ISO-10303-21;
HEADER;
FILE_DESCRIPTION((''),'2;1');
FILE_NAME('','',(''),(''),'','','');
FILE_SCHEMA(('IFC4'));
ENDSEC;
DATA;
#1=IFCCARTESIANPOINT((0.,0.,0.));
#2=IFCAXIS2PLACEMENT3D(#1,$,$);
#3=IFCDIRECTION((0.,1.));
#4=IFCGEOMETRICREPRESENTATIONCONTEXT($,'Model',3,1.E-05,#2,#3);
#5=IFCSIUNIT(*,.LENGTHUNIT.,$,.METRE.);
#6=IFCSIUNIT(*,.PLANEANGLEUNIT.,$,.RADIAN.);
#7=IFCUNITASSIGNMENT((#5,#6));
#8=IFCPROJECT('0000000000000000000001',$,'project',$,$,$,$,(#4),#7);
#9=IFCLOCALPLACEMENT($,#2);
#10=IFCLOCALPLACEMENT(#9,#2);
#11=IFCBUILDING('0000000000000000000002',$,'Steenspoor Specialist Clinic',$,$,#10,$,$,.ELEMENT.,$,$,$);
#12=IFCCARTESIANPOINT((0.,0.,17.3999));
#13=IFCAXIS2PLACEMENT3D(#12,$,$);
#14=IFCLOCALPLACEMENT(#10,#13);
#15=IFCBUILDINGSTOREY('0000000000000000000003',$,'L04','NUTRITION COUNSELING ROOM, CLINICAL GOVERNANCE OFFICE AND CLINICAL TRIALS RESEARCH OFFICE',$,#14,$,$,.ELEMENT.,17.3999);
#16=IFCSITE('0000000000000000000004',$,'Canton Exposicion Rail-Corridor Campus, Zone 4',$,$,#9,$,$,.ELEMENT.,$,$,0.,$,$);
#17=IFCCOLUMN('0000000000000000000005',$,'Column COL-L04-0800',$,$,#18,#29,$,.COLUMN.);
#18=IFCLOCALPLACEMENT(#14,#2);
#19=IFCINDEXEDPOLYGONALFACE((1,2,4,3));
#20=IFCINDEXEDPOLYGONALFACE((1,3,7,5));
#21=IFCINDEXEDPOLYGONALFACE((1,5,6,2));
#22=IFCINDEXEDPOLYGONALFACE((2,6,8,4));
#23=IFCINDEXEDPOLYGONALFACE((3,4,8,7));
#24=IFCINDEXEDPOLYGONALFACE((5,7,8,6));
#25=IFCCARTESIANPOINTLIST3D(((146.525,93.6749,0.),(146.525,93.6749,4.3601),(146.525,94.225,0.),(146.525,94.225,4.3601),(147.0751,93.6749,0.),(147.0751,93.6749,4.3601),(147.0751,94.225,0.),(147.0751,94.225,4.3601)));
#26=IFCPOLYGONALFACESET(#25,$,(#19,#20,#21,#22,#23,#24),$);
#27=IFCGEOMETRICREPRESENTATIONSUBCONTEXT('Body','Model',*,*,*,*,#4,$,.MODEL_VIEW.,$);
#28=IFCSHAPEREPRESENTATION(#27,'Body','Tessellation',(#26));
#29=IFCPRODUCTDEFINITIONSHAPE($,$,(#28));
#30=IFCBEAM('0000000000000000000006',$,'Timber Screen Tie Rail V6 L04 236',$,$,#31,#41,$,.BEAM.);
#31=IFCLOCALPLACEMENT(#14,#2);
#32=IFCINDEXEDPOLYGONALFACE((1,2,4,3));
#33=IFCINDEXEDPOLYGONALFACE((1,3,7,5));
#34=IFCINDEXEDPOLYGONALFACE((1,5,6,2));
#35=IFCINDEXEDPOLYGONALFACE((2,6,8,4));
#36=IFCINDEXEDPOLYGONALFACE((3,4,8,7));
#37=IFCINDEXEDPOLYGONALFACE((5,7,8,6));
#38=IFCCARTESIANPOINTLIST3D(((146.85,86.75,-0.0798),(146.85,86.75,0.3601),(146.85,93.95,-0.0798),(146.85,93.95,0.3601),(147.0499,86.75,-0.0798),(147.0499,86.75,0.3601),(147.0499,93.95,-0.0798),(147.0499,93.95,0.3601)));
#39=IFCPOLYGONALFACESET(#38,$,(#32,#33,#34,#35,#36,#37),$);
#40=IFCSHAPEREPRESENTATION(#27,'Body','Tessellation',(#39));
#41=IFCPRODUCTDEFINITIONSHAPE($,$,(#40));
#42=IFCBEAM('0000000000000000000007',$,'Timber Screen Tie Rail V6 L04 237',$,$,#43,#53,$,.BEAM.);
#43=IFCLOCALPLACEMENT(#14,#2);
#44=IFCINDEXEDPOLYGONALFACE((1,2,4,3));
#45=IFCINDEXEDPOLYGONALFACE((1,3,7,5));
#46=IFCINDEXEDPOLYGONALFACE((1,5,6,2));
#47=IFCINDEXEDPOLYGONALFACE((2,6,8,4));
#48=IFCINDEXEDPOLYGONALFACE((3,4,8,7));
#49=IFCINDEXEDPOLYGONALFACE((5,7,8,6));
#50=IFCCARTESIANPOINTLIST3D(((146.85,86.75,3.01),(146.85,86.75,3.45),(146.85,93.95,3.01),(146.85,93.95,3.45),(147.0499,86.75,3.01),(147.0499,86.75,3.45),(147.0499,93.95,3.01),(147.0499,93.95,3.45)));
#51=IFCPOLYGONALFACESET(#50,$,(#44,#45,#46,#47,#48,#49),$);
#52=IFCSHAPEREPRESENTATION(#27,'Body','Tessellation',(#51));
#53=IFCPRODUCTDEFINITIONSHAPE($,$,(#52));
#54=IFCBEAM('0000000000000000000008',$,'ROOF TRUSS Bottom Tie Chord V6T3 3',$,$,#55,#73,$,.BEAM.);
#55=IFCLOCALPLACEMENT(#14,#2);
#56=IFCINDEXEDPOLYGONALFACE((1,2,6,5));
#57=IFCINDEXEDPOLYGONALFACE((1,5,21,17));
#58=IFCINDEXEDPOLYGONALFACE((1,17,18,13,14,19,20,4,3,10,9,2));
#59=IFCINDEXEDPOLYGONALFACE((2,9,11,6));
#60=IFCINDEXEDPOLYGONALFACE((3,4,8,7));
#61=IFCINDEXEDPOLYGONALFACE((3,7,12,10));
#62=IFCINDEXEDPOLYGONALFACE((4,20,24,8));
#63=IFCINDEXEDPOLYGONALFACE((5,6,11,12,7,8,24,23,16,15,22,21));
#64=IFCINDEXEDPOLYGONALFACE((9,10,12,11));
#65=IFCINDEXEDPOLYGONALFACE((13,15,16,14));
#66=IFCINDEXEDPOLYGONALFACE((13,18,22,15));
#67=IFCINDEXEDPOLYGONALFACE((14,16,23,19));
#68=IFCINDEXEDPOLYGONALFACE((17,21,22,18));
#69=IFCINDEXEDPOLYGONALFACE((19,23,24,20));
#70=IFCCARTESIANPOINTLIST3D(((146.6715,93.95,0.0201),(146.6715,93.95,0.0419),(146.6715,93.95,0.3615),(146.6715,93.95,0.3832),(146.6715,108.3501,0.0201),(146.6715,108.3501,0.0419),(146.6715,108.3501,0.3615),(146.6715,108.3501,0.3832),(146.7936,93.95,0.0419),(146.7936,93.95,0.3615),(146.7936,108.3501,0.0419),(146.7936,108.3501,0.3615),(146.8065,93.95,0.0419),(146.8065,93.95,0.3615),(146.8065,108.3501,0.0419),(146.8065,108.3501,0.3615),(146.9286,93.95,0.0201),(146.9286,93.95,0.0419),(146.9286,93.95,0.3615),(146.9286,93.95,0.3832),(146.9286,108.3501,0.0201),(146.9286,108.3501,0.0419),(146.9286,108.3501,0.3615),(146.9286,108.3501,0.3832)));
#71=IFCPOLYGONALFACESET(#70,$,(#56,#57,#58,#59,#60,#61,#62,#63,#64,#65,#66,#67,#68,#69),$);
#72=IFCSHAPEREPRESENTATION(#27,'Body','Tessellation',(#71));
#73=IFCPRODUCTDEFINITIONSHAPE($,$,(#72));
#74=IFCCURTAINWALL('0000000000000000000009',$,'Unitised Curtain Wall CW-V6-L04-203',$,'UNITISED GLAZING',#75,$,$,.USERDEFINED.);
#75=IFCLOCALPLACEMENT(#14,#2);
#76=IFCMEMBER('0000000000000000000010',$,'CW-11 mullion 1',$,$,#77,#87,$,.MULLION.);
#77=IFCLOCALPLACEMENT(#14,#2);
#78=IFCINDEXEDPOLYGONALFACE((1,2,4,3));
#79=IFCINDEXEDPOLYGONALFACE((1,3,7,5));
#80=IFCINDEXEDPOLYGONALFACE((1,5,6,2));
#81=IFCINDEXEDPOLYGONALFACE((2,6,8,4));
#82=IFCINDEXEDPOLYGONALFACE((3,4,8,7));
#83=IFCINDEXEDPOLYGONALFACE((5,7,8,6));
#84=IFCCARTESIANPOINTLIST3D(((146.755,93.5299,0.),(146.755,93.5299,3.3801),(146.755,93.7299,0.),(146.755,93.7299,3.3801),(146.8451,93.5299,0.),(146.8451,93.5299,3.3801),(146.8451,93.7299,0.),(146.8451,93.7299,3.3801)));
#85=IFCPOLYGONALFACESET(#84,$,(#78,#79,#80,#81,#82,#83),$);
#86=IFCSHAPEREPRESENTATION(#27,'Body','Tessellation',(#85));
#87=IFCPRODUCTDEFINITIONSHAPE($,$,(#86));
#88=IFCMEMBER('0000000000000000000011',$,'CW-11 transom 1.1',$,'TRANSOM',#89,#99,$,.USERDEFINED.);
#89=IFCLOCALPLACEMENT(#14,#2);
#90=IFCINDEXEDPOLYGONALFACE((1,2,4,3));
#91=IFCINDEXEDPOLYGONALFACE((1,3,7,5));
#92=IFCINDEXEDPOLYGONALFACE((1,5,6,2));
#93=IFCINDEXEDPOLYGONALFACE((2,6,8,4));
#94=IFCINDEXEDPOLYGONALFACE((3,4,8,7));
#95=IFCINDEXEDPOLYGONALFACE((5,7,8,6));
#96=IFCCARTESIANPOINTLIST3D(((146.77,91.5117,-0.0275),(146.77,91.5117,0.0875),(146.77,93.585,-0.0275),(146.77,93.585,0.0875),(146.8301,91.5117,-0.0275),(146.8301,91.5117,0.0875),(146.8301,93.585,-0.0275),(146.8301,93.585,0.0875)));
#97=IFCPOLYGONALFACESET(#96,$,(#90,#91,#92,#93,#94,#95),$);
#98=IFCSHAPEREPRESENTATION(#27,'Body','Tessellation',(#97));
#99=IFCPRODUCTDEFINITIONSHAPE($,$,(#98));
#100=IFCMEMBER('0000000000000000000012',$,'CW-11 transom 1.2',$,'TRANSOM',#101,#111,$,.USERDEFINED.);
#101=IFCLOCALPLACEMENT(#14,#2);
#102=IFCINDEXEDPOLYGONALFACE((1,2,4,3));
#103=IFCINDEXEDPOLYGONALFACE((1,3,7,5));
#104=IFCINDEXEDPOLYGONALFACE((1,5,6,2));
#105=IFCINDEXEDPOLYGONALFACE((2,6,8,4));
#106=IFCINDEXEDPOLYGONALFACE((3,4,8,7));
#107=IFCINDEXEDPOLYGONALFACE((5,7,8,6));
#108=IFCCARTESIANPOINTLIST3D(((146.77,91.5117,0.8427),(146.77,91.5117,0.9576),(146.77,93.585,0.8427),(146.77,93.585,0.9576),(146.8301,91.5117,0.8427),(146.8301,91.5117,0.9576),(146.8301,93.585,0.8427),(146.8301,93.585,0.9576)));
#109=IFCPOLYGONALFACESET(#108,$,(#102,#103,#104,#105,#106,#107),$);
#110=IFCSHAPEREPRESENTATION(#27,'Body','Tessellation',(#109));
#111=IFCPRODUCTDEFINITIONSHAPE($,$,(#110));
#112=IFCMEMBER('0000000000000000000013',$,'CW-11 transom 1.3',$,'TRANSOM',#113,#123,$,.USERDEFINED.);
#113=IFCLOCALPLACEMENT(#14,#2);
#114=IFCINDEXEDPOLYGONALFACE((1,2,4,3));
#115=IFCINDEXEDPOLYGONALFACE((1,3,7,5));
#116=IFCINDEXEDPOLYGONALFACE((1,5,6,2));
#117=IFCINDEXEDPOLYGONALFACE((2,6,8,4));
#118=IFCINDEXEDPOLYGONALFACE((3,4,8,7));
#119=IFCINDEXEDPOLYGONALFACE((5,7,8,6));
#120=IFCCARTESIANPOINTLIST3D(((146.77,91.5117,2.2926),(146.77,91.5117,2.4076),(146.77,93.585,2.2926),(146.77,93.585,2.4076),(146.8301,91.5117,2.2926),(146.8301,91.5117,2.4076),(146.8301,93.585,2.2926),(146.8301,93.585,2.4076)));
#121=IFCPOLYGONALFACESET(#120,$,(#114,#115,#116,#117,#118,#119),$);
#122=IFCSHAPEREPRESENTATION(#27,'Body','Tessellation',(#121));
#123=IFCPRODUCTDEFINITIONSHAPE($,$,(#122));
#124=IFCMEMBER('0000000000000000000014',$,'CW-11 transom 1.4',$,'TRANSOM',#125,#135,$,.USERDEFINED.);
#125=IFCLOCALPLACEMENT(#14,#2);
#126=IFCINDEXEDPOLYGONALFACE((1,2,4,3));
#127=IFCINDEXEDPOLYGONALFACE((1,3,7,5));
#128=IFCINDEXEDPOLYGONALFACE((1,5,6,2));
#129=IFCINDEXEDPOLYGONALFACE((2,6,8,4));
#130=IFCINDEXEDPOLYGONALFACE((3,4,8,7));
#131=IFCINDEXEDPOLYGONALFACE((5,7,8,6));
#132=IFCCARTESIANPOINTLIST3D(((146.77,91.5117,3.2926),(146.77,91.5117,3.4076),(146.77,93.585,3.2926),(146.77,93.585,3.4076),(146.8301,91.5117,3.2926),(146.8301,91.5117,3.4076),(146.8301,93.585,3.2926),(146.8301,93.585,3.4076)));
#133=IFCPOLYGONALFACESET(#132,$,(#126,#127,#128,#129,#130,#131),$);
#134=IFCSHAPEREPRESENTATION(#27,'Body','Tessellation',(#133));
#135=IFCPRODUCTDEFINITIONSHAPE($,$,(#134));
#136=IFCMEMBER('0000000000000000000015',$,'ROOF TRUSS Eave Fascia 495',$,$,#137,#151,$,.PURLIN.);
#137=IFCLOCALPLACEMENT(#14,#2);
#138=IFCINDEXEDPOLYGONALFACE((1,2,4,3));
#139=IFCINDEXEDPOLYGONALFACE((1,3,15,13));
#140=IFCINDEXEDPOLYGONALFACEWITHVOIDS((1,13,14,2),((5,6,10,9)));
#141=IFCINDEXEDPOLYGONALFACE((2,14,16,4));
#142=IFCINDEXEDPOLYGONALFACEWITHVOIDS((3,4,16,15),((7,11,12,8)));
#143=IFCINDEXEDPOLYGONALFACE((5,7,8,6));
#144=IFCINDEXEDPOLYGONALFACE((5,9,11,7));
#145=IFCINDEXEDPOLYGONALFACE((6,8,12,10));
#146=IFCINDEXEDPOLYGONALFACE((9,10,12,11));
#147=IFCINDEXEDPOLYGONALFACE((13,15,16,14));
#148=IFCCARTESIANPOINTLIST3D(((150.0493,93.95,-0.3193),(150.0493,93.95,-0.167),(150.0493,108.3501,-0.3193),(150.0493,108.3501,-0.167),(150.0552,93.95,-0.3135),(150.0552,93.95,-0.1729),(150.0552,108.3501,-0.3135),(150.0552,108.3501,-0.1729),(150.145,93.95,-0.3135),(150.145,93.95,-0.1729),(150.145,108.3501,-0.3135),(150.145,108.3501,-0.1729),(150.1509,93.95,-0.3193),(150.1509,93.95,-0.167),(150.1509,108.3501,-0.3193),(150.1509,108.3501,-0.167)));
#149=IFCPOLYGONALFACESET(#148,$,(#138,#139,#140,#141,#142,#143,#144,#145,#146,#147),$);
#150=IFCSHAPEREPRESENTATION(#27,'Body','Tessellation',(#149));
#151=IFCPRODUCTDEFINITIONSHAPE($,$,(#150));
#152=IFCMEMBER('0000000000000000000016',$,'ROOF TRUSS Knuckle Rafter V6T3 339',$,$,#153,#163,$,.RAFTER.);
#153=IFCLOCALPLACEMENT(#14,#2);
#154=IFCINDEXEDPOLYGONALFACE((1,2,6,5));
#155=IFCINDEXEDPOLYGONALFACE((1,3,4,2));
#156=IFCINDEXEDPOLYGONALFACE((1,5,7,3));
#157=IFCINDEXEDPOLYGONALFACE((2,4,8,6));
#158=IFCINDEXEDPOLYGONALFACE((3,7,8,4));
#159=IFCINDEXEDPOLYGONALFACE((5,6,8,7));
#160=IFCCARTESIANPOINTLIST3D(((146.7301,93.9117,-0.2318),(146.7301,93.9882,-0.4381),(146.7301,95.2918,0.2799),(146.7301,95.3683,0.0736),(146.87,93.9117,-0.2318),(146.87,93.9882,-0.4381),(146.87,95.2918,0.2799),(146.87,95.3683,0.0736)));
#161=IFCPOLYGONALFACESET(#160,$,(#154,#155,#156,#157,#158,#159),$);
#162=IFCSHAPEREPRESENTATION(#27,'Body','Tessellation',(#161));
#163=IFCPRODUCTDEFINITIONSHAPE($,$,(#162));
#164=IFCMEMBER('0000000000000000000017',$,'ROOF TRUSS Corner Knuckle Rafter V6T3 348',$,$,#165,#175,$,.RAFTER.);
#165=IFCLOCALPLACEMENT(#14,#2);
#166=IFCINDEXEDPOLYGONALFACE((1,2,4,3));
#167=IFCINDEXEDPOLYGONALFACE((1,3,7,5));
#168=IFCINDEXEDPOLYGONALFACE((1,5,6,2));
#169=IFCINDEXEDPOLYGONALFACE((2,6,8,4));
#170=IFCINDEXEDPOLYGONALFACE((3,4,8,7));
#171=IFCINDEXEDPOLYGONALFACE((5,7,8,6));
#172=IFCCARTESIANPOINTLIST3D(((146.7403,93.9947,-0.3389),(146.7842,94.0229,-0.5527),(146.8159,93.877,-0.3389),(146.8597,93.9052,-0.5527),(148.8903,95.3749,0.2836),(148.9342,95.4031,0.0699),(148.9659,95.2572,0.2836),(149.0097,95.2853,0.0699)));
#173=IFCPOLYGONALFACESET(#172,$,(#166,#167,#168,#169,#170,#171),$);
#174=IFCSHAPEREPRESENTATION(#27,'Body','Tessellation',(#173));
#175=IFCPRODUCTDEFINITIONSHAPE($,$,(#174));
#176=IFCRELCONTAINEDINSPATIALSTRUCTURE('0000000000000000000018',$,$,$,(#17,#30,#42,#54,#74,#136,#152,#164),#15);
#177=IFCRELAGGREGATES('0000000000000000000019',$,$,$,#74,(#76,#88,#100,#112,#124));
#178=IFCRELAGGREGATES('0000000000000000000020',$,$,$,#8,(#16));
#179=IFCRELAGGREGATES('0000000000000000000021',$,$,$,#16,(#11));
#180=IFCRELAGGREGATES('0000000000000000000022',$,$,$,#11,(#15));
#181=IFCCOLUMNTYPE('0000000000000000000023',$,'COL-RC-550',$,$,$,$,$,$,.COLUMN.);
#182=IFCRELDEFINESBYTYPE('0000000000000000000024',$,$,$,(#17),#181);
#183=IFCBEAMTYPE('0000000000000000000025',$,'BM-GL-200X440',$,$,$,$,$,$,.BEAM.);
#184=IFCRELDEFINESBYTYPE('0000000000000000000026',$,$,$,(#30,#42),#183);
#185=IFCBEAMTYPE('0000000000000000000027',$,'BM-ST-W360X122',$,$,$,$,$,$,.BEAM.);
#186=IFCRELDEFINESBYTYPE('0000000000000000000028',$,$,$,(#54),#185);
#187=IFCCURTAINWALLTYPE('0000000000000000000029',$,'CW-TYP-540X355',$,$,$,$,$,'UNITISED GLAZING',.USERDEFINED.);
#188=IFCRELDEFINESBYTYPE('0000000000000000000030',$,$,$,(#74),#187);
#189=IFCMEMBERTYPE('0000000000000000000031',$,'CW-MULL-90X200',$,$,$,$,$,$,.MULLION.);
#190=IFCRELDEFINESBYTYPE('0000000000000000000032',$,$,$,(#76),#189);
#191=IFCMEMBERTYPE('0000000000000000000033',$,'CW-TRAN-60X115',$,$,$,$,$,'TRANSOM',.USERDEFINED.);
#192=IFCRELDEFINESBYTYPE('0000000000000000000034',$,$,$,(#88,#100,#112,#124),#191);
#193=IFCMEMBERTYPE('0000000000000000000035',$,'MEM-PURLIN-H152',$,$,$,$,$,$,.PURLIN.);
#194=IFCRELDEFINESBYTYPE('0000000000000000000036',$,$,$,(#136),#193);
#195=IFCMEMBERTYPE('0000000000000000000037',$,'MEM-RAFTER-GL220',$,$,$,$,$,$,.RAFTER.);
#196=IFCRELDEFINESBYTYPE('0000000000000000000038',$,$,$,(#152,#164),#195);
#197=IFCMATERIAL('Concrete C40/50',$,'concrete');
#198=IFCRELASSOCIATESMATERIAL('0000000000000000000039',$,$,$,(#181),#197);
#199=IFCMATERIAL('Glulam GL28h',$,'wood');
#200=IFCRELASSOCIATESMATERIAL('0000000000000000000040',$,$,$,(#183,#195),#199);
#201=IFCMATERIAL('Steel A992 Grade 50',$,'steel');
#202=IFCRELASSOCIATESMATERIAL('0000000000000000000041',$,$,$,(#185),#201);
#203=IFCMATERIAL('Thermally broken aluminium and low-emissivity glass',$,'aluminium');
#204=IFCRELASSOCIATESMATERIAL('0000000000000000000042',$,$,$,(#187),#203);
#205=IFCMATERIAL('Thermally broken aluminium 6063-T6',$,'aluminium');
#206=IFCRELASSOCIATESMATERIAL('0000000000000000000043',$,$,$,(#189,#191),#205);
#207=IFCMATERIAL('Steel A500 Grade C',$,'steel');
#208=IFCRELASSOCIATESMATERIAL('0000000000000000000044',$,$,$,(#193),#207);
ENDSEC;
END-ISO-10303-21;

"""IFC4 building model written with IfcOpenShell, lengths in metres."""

from ifc_helpers import new_model, si_unit, direction, frame, origin, origin_2d, place, context, subcontext, project, spatial, rectangle, hollow_rectangle, i_section, extrude, material, material_profile, profile_set, type_object, element, aggregate, save


model = new_model("IFC4")

# Units and contexts
model_context = context("Model", 3, precision=1e-05, world=origin(), true_north=direction((0.0, 1.0)))
body_context = subcontext(model_context, "Body", "Model", "MODEL_VIEW")
ifc_project = project(units=[si_unit("LENGTHUNIT", "METRE"), si_unit("PLANEANGLEUNIT", "RADIAN")], contexts=[model_context])

# Site, building, storey
site_placement = place(None, origin())
site = spatial("IfcSite", under=ifc_project, at=site_placement, Name="Canton Exposicion Rail-Corridor Campus, Zone 4", CompositionType="ELEMENT", RefElevation=0.0)
building_placement = place(site_placement, origin())
building = spatial("IfcBuilding", under=site, at=building_placement, Name="Steenspoor Specialist Clinic", CompositionType="ELEMENT")
storey_placement = place(building_placement, frame((0.0, 0.0, 17.3999)))
storey = spatial("IfcBuildingStorey", under=building, at=storey_placement, Name="L04", Description="NUTRITION COUNSELING ROOM, CLINICAL GOVERNANCE OFFICE AND CLINICAL TRIALS RESEARCH OFFICE", CompositionType="ELEMENT", Elevation=17.3999)

# Column
ifc_material_1 = material(Name="Concrete C40/50", Category="concrete")
ifc_material_profile_1 = material_profile(ifc_material_1, rectangle(XDim=0.55, YDim=0.55, at=origin_2d()), Name="RC-COL-550X550")
ifc_profile_set_1 = profile_set([ifc_material_profile_1], Name="Concrete C40/50")
column_type = type_object("IfcColumnType", Name="COL-RC-550", PredefinedType="COLUMN", material=ifc_profile_set_1)
column_placement = place(storey_placement, frame((146.8, 93.95, 0.0), z_axis=(0.0, 0.0, 1.0), x_axis=(1.0, 0.0, 0.0)))
element("IfcColumn", 1, at=column_placement, inside=storey, type_object=column_type, Name="Column COL-L04-0800", PredefinedType="COLUMN", context=body_context, shape_type="SweptSolid", body=[
    extrude(rectangle(XDim=0.55, YDim=0.55, at=origin_2d()), origin(), (0.0, 0.0, 1.0), 4.3601),
])

# Beams
ifc_material_2 = material(Name="Glulam GL28h", Category="wood")
ifc_material_profile_2 = material_profile(ifc_material_2, rectangle(XDim=0.2, YDim=0.4399, at=origin_2d()), Name="GL28H-200X440")
ifc_profile_set_2 = profile_set([ifc_material_profile_2], Name="Glulam GL28h")
beam_type_1 = type_object("IfcBeamType", Name="BM-GL-200X440", PredefinedType="BEAM", material=ifc_profile_set_2)
for number, where, z_axis, x_axis, name in (
    (2, (146.95, 93.95, 0.1401), (0.0, -1.0, 0.0), (1.0, 0.0, 0.0), "Timber Screen Tie Rail V6 L04 236"),
    (3, (146.95, 93.95, 3.23), (0.0, -1.0, 0.0), (1.0, 0.0, 0.0), "Timber Screen Tie Rail V6 L04 237"),
):
    element("IfcBeam", number, at=place(storey_placement, frame(where, z_axis=z_axis, x_axis=x_axis)), inside=storey, type_object=beam_type_1, Name=name, PredefinedType="BEAM", context=body_context, shape_type="SweptSolid", body=[
        extrude(rectangle(XDim=0.2, YDim=0.4399, at=origin_2d()), origin(), (0.0, 0.0, 1.0), 7.2),
    ])
ifc_material_3 = material(Name="Steel A992 Grade 50", Category="steel")
ifc_material_profile_3 = material_profile(ifc_material_3, i_section(OverallWidth=0.2571, OverallDepth=0.363, WebThickness=0.0129, FlangeThickness=0.0217, at=origin_2d()), Name="W360X122")
ifc_profile_set_3 = profile_set([ifc_material_profile_3], Name="Steel A992 Grade 50")
beam_type_2 = type_object("IfcBeamType", Name="BM-ST-W360X122", PredefinedType="BEAM", material=ifc_profile_set_3)
beam_placement = place(storey_placement, frame((146.8, 93.95, 0.2017), z_axis=(0.0, 1.0, 0.0), x_axis=(-1.0, 0.0, 0.0)))
element("IfcBeam", 4, at=beam_placement, inside=storey, type_object=beam_type_2, Name="ROOF TRUSS Bottom Tie Chord V6T3 3", PredefinedType="BEAM", context=body_context, shape_type="SweptSolid", body=[
    extrude(i_section(OverallWidth=0.2571, OverallDepth=0.363, WebThickness=0.0129, FlangeThickness=0.0217, at=origin_2d()), origin(), (0.0, 0.0, 1.0), 14.4001),
])

# Curtain wall, members
ifc_material_4 = material(Name="Thermally broken aluminium and low-emissivity glass", Category="aluminium")
curtain_wall_type = type_object("IfcCurtainWallType", Name="CW-TYP-540X355", ElementType="UNITISED GLAZING", PredefinedType="USERDEFINED", material=ifc_material_4)
curtain_wall_placement = place(storey_placement, origin())
curtain_wall = element("IfcCurtainWall", 5, at=curtain_wall_placement, inside=storey, type_object=curtain_wall_type, Name="Unitised Curtain Wall CW-V6-L04-203", ObjectType="UNITISED GLAZING", PredefinedType="USERDEFINED")
ifc_material_5 = material(Name="Thermally broken aluminium 6063-T6", Category="aluminium")
ifc_material_profile_4 = material_profile(ifc_material_5, rectangle(XDim=0.0901, YDim=0.2, at=origin_2d()), Name="CWM-90X200")
ifc_profile_set_4 = profile_set([ifc_material_profile_4], Name="Thermally broken aluminium 6063-T6")
member_type_1 = type_object("IfcMemberType", Name="CW-MULL-90X200", PredefinedType="MULLION", material=ifc_profile_set_4)
member_1_placement = place(storey_placement, frame((146.8, 93.6299, 0.0), z_axis=(0.0, 0.0, 1.0), x_axis=(1.0, 0.0, 0.0)))
member_1 = element("IfcMember", 6, at=member_1_placement, type_object=member_type_1, Name="CW-11 mullion 1", PredefinedType="MULLION", context=body_context, shape_type="SweptSolid", body=[
    extrude(rectangle(XDim=0.0901, YDim=0.2, at=origin_2d()), origin(), (0.0, 0.0, 1.0), 3.3801),
])
ifc_material_profile_5 = material_profile(ifc_material_5, rectangle(XDim=0.0601, YDim=0.115, at=origin_2d()), Name="CWT-60X115")
ifc_profile_set_5 = profile_set([ifc_material_profile_5], Name="Thermally broken aluminium 6063-T6")
member_type_2 = type_object("IfcMemberType", Name="CW-TRAN-60X115", ElementType="TRANSOM", PredefinedType="USERDEFINED", material=ifc_profile_set_5)
member_2_placement = place(storey_placement, frame((146.8, 93.585, 0.03), z_axis=(0.0, -1.0, 0.0), x_axis=(1.0, 0.0, 0.0)))
member_2 = element("IfcMember", 7, at=member_2_placement, type_object=member_type_2, Name="CW-11 transom 1.1", ObjectType="TRANSOM", PredefinedType="USERDEFINED", context=body_context, shape_type="SweptSolid", body=[
    extrude(rectangle(XDim=0.0601, YDim=0.115, at=origin_2d()), origin(), (0.0, 0.0, 1.0), 2.0732),
])
member_3_placement = place(storey_placement, frame((146.8, 93.585, 0.9001), z_axis=(0.0, -1.0, 0.0), x_axis=(1.0, 0.0, 0.0)))
member_3 = element("IfcMember", 8, at=member_3_placement, type_object=member_type_2, Name="CW-11 transom 1.2", ObjectType="TRANSOM", PredefinedType="USERDEFINED", context=body_context, shape_type="SweptSolid", body=[
    extrude(rectangle(XDim=0.0601, YDim=0.115, at=origin_2d()), origin(), (0.0, 0.0, 1.0), 2.0732),
])
member_4_placement = place(storey_placement, frame((146.8, 93.585, 2.3501), z_axis=(0.0, -1.0, 0.0), x_axis=(1.0, 0.0, 0.0)))
member_4 = element("IfcMember", 9, at=member_4_placement, type_object=member_type_2, Name="CW-11 transom 1.3", ObjectType="TRANSOM", PredefinedType="USERDEFINED", context=body_context, shape_type="SweptSolid", body=[
    extrude(rectangle(XDim=0.0601, YDim=0.115, at=origin_2d()), origin(), (0.0, 0.0, 1.0), 2.0732),
])
member_5_placement = place(storey_placement, frame((146.8, 93.585, 3.3501), z_axis=(0.0, -1.0, 0.0), x_axis=(1.0, 0.0, 0.0)))
member_5 = element("IfcMember", 10, at=member_5_placement, type_object=member_type_2, Name="CW-11 transom 1.4", ObjectType="TRANSOM", PredefinedType="USERDEFINED", context=body_context, shape_type="SweptSolid", body=[
    extrude(rectangle(XDim=0.0601, YDim=0.115, at=origin_2d()), origin(), (0.0, 0.0, 1.0), 2.0732),
])

# Members
ifc_material_6 = material(Name="Steel A500 Grade C", Category="steel")
ifc_material_profile_6 = material_profile(ifc_material_6, hollow_rectangle(XDim=0.1016, YDim=0.1523, WallThickness=0.0059, at=origin_2d()), Name="HSS152X102X6.4")
ifc_profile_set_6 = profile_set([ifc_material_profile_6], Name="Steel A500 Grade C")
member_type_3 = type_object("IfcMemberType", Name="MEM-PURLIN-H152", PredefinedType="PURLIN", material=ifc_profile_set_6)
member_6_placement = place(storey_placement, frame((150.1001, 93.95, -0.2432), z_axis=(0.0, 1.0, 0.0), x_axis=(-1.0, 0.0, 0.0)))
element("IfcMember", 11, at=member_6_placement, inside=storey, type_object=member_type_3, Name="ROOF TRUSS Eave Fascia 495", PredefinedType="PURLIN", context=body_context, shape_type="SweptSolid", body=[
    extrude(hollow_rectangle(XDim=0.1016, YDim=0.1523, WallThickness=0.0059, at=origin_2d()), origin(), (0.0, 0.0, 1.0), 14.4001),
])
ifc_material_profile_7 = material_profile(ifc_material_2, rectangle(XDim=0.1399, YDim=0.22, at=origin_2d()), Name="GL28H-140X220")
ifc_profile_set_7 = profile_set([ifc_material_profile_7], Name="Glulam GL28h")
member_type_4 = type_object("IfcMemberType", Name="MEM-RAFTER-GL220", PredefinedType="RAFTER", material=ifc_profile_set_7)
member_7_placement = place(storey_placement, frame((146.8, 93.95, -0.335), z_axis=(0.0, 0.937625, 0.347649), x_axis=(-1.0, 0.0, 0.0)))
element("IfcMember", 12, at=member_7_placement, inside=storey, type_object=member_type_4, Name="ROOF TRUSS Knuckle Rafter V6T3 339", PredefinedType="RAFTER", context=body_context, shape_type="SweptSolid", body=[
    extrude(rectangle(XDim=0.1399, YDim=0.22, at=origin_2d()), origin(), (0.0, 0.0, 1.0), 1.4719),
])
member_8_placement = place(storey_placement, frame((146.8, 93.95, -0.4458), z_axis=(0.817601, 0.524858, 0.236757), x_axis=(-0.540217, 0.841526, 0.0)))
element("IfcMember", 13, at=member_8_placement, inside=storey, type_object=member_type_4, Name="ROOF TRUSS Corner Knuckle Rafter V6T3 348", PredefinedType="RAFTER", context=body_context, shape_type="SweptSolid", body=[
    extrude(rectangle(XDim=0.1399, YDim=0.22, at=origin_2d()), origin(), (0.0, 0.0, 1.0), 2.6296),
])

aggregate(curtain_wall, [member_1, member_2, member_3, member_4, member_5])

save(model, "model.ifc")
